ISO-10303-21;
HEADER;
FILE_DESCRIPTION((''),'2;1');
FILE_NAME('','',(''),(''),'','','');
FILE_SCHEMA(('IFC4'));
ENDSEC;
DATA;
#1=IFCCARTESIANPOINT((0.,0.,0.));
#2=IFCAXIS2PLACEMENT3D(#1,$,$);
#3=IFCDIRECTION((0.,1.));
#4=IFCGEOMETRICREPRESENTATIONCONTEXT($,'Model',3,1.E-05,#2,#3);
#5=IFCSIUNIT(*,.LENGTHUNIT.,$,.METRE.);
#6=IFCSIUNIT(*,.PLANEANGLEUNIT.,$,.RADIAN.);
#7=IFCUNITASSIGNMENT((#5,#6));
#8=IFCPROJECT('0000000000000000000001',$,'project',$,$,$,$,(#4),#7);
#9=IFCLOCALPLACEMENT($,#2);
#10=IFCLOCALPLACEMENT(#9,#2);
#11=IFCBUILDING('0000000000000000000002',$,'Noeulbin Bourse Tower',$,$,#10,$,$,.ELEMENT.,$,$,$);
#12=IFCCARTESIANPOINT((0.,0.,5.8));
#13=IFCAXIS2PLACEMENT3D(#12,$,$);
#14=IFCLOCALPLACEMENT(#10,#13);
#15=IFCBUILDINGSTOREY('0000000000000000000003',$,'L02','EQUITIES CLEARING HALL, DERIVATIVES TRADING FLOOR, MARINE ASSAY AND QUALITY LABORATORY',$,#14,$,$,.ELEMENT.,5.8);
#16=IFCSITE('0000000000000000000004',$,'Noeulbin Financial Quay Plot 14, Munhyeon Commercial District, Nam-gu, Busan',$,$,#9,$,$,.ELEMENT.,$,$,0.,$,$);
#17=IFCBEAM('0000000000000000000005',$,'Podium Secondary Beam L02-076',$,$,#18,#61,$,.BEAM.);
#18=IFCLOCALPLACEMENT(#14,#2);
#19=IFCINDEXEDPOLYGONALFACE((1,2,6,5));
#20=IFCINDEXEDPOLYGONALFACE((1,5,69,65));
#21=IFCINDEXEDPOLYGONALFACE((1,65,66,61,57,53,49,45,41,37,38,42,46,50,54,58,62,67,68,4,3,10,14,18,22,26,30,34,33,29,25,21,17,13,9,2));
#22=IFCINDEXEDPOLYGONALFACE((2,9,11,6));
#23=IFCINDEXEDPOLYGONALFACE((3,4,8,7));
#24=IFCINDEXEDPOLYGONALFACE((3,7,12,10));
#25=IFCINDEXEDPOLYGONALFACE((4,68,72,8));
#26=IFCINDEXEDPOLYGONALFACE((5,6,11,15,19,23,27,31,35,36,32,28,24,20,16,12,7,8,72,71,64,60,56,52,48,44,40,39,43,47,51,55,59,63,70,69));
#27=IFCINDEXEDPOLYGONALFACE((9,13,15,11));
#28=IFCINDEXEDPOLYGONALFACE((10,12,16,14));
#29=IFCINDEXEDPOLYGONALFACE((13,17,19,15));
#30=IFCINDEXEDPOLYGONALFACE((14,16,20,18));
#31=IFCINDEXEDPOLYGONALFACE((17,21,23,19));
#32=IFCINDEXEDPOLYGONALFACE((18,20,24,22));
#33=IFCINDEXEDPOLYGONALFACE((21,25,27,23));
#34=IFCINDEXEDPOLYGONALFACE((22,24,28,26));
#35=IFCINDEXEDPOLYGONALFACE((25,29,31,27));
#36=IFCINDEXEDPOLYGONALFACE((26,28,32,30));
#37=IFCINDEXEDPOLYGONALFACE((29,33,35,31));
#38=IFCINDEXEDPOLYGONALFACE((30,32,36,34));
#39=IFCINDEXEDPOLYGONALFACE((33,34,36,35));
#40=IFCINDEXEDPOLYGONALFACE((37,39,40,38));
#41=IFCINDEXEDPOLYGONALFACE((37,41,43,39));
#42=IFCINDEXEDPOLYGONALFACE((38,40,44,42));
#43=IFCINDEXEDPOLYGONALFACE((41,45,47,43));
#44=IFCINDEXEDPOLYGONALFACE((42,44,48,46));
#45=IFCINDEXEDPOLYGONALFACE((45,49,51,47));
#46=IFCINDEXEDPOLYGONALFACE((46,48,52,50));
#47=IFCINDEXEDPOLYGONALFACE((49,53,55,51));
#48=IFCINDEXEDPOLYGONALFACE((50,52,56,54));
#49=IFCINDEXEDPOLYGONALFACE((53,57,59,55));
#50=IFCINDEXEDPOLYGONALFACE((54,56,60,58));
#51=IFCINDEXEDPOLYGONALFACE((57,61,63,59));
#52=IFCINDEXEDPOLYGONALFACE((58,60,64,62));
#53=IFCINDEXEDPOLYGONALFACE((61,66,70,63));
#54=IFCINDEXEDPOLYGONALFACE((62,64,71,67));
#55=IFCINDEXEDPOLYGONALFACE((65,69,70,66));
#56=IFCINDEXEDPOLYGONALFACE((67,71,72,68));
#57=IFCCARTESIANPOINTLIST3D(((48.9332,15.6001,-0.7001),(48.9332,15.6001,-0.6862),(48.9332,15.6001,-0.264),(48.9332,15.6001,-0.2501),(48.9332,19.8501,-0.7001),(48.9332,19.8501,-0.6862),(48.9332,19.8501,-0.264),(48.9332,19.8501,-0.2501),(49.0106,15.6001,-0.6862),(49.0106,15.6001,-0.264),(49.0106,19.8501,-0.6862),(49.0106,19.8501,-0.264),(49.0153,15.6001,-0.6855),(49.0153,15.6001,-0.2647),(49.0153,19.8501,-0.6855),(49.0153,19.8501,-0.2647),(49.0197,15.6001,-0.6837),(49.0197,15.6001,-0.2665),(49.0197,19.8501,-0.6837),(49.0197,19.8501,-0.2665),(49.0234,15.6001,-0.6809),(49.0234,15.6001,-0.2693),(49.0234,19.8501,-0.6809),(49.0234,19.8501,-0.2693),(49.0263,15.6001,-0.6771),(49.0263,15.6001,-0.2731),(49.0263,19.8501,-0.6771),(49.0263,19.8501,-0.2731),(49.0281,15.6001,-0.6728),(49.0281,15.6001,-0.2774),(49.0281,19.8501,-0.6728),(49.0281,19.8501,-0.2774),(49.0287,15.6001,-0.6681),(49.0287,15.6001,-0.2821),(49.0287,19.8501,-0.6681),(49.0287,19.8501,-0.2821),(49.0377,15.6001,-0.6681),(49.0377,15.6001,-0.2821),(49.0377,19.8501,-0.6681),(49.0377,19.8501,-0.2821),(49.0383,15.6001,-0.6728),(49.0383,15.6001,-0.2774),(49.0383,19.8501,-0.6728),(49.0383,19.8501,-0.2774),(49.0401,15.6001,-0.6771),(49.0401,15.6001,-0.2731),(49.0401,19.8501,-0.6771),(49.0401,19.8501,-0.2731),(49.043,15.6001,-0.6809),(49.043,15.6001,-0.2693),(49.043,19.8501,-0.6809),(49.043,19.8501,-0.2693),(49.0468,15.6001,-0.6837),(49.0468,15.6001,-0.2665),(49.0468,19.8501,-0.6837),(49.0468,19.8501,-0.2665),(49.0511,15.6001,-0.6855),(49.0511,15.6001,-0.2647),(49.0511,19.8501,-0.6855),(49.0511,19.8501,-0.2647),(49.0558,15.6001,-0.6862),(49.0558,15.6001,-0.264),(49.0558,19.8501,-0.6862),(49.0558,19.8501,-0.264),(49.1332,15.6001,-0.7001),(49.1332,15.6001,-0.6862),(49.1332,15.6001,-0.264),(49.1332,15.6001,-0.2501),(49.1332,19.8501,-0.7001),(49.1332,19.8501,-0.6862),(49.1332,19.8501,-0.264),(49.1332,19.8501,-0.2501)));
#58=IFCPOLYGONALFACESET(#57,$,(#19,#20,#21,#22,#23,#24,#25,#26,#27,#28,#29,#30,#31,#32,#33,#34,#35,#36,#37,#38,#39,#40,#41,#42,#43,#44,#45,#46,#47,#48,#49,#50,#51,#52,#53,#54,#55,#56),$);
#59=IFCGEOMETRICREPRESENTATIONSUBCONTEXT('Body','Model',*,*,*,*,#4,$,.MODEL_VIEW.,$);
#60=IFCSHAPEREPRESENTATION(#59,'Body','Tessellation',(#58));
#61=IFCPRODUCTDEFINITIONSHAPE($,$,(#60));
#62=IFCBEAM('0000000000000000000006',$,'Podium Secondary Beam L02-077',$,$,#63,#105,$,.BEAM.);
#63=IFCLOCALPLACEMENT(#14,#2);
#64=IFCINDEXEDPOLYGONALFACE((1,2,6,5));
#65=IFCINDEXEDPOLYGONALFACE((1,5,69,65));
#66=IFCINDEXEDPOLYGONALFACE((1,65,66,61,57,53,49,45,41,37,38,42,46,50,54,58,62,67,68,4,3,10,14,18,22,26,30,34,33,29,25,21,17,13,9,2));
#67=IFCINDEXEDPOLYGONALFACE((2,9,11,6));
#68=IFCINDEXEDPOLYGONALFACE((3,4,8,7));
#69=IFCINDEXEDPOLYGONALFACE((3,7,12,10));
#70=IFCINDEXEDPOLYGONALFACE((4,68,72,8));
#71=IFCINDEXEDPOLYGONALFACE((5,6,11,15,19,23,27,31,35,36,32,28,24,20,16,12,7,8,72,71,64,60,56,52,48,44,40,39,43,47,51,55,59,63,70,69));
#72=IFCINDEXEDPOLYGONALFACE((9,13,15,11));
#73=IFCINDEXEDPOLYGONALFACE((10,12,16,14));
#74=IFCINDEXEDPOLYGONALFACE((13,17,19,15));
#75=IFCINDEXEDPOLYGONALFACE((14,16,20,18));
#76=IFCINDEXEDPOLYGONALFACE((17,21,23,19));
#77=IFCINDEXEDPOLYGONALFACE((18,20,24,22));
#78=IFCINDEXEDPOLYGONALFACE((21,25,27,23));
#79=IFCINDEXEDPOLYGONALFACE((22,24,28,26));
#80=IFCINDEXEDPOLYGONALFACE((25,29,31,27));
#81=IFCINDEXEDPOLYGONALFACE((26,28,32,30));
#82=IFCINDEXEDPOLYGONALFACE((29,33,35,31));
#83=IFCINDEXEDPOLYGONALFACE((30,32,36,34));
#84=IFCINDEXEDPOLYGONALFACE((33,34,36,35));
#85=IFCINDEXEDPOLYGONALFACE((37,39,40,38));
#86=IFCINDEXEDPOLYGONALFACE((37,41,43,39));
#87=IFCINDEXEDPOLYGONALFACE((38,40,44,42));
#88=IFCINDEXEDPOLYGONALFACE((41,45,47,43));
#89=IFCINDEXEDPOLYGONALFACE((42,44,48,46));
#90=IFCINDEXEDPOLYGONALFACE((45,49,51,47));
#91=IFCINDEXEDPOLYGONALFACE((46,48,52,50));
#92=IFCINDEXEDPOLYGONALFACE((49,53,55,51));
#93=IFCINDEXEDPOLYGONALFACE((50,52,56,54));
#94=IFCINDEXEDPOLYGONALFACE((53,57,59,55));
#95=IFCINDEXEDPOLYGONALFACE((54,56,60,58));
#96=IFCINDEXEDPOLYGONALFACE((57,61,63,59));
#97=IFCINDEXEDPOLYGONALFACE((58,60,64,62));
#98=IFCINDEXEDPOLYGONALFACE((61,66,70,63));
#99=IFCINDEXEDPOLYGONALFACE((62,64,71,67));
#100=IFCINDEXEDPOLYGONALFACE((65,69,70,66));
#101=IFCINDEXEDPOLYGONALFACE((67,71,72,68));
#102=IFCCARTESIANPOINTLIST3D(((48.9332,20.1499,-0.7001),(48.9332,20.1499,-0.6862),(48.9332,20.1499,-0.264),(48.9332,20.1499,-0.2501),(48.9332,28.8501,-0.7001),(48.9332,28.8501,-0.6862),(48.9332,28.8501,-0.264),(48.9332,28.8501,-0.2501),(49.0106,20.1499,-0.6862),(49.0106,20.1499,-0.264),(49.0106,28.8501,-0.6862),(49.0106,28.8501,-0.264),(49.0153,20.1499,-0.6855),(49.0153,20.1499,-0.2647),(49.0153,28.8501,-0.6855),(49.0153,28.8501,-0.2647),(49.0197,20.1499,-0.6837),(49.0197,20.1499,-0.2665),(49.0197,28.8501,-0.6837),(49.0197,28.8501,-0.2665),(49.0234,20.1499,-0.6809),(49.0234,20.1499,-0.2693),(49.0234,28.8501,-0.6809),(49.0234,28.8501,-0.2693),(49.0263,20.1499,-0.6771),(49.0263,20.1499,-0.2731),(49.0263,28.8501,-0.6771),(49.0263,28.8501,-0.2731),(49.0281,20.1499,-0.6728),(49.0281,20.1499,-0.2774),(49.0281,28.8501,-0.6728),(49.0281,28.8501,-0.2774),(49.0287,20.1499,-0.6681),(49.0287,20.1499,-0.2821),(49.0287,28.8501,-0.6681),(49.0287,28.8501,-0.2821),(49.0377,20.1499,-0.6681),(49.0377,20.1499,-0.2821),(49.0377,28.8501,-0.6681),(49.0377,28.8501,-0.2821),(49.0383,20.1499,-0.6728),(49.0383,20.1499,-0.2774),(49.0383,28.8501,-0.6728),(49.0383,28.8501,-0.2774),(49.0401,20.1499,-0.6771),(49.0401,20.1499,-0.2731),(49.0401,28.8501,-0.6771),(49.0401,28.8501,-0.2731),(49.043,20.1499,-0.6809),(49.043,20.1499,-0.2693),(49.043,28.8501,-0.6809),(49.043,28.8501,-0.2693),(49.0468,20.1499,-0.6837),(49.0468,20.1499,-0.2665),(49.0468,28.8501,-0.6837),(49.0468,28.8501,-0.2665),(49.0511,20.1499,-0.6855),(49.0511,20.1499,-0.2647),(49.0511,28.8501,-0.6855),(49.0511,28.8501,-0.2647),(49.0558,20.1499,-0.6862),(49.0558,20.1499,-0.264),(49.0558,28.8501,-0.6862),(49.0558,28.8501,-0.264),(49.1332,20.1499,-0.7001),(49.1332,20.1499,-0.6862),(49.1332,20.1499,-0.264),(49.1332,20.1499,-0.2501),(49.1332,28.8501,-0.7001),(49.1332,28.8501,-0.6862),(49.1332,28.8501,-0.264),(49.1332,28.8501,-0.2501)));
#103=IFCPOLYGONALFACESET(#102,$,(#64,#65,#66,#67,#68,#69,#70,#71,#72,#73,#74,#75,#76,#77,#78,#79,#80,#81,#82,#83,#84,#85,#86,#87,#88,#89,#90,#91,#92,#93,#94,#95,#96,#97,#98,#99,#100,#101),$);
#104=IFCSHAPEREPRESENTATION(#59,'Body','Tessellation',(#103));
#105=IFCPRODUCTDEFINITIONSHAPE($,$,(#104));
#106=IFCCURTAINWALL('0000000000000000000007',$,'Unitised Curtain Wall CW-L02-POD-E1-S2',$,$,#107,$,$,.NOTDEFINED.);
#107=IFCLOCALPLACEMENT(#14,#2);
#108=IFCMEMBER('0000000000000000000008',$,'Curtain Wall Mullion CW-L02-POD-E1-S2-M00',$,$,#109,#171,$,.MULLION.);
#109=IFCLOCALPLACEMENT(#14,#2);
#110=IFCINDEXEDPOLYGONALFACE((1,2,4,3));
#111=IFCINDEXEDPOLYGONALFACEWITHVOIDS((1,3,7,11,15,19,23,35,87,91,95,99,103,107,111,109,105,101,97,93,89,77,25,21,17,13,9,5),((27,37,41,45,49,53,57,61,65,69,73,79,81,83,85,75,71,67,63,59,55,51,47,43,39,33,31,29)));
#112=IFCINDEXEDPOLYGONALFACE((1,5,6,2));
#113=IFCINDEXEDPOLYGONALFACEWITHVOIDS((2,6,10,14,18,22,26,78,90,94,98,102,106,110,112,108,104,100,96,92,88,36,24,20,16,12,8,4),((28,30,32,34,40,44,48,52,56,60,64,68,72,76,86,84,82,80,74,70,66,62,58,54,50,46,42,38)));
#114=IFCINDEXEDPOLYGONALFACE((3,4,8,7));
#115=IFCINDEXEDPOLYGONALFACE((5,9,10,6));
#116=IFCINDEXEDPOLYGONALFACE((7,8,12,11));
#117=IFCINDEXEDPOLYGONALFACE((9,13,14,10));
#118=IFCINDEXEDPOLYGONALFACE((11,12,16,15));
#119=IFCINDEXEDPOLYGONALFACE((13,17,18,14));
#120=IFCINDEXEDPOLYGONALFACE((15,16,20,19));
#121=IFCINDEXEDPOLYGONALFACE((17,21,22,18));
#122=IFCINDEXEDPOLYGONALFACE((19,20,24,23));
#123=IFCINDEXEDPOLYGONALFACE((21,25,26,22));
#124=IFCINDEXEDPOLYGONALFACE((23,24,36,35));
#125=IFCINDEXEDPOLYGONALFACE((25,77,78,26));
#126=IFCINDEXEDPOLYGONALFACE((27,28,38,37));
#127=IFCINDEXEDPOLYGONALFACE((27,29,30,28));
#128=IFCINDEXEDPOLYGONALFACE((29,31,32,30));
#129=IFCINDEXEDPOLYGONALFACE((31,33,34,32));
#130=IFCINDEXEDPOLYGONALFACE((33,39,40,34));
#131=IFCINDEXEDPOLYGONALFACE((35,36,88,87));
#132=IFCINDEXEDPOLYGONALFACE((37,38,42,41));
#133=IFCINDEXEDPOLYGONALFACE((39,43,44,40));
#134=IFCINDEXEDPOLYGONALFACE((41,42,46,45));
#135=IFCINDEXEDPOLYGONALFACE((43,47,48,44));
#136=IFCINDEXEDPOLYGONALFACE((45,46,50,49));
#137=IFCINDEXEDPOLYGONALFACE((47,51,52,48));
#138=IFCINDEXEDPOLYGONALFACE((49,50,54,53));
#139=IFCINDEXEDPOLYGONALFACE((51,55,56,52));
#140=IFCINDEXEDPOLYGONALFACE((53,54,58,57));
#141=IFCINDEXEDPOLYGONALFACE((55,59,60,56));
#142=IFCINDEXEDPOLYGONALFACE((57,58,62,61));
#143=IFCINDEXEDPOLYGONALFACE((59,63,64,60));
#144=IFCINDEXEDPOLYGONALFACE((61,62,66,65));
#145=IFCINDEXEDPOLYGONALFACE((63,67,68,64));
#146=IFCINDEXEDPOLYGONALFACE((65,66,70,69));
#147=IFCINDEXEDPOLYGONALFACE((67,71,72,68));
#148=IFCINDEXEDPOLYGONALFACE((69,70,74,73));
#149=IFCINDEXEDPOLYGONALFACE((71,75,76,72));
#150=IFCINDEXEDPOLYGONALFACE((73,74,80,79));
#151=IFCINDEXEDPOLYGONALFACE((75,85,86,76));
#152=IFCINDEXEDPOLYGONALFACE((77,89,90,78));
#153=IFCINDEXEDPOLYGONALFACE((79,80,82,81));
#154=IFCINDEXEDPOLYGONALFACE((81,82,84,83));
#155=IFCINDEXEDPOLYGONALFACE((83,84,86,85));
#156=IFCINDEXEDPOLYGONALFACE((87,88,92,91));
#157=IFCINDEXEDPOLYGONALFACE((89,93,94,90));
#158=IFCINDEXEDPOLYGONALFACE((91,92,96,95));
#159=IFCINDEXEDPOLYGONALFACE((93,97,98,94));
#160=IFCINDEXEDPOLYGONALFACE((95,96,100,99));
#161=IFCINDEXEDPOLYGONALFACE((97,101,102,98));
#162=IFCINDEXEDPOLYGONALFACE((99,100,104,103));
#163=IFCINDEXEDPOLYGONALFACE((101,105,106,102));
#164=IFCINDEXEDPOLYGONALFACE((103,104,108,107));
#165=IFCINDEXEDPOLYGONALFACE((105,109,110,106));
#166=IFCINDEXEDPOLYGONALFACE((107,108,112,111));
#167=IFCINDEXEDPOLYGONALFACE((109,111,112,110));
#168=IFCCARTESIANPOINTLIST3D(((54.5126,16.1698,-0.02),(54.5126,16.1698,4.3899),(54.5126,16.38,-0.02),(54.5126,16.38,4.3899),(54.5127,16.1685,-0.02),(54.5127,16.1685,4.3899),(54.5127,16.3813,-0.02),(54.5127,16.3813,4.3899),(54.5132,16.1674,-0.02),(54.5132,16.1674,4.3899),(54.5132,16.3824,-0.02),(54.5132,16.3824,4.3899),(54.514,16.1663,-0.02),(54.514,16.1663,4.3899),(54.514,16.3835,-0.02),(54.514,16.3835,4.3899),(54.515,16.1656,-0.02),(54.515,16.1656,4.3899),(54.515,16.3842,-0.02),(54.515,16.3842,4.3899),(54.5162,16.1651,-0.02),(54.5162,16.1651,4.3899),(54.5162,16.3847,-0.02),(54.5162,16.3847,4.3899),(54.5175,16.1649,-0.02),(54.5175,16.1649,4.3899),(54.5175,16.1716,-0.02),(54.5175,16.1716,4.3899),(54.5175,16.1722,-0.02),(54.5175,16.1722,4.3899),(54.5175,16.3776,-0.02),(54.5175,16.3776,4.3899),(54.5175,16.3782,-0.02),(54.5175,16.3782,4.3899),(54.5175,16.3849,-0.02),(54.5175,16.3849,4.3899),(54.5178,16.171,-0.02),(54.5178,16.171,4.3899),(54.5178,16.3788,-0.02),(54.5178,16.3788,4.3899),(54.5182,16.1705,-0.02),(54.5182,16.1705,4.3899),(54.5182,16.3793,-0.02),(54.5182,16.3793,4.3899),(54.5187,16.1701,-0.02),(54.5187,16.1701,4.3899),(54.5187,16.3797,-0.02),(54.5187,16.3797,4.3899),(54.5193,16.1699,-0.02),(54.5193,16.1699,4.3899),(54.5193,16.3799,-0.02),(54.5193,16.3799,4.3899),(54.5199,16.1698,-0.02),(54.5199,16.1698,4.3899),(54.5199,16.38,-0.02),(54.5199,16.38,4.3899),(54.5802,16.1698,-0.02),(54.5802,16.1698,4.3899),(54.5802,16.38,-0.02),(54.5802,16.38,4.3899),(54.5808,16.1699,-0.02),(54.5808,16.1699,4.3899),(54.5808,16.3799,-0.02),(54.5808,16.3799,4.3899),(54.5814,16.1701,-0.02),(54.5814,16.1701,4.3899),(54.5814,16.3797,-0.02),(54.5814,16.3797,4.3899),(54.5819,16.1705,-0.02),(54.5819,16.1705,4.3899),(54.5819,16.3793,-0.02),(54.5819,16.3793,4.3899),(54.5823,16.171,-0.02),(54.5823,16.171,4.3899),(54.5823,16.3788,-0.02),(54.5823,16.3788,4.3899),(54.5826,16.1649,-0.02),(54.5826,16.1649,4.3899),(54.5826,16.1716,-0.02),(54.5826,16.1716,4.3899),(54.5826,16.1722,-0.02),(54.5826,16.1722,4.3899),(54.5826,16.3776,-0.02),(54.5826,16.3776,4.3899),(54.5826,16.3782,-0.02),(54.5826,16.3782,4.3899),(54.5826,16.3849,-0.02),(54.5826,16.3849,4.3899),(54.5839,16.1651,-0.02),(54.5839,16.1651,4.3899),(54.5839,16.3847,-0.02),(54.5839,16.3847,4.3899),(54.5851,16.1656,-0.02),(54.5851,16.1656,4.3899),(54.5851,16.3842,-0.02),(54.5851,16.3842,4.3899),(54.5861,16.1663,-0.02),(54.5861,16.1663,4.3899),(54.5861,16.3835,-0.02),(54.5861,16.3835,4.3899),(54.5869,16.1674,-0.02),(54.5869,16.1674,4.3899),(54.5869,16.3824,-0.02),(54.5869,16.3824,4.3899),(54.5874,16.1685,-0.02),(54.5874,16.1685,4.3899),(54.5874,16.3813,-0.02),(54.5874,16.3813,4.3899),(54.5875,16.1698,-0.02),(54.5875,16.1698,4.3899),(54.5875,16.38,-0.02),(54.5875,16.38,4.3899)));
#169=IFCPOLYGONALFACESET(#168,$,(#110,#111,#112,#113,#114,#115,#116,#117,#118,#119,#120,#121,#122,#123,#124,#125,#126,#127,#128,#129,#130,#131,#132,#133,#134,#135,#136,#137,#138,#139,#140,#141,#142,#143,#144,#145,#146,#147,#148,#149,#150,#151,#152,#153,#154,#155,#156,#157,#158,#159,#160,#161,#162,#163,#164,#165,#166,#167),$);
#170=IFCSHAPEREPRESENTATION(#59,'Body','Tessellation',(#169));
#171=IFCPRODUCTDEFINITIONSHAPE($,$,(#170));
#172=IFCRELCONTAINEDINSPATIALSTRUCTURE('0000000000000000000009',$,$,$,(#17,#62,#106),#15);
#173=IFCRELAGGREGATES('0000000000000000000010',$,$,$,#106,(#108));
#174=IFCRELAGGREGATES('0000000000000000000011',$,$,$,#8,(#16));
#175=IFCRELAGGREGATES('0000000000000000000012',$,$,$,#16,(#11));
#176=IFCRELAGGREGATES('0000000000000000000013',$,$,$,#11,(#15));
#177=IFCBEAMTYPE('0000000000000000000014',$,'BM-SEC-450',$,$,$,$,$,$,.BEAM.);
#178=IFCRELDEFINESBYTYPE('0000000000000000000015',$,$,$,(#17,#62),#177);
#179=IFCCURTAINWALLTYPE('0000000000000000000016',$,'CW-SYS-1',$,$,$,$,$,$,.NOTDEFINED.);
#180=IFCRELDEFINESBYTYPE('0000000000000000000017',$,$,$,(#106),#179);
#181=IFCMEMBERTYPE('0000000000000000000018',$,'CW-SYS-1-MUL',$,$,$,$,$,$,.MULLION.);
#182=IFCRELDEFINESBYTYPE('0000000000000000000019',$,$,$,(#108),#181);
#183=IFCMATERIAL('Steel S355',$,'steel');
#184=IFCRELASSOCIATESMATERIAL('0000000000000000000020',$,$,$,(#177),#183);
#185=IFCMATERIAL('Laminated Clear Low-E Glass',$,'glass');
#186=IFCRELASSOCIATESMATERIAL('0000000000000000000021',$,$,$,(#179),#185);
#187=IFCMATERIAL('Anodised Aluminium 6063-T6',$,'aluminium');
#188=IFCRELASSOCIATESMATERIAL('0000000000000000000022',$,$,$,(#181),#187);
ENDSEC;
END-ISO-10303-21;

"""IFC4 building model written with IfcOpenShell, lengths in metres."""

from ifc_helpers import new_model, si_unit, direction, frame, origin, origin_2d, place, context, subcontext, project, spatial, hollow_rectangle, i_section, extrude, material, material_profile, profile_set, type_object, element, aggregate, save


model = new_model("IFC4")

# Units and contexts
model_context = context("Model", 3, precision=1e-05, world=origin(), true_north=direction((0.0, 1.0)))
body_context = subcontext(model_context, "Body", "Model", "MODEL_VIEW")
ifc_project = project(units=[si_unit("LENGTHUNIT", "METRE"), si_unit("PLANEANGLEUNIT", "RADIAN")], contexts=[model_context])

# Site, building, storey
site_placement = place(None, origin())
site = spatial("IfcSite", under=ifc_project, at=site_placement, Name="Noeulbin Financial Quay Plot 14, Munhyeon Commercial District, Nam-gu, Busan", CompositionType="ELEMENT", RefElevation=0.0)
building_placement = place(site_placement, origin())
building = spatial("IfcBuilding", under=site, at=building_placement, Name="Noeulbin Bourse Tower", CompositionType="ELEMENT")
storey_placement = place(building_placement, frame((0.0, 0.0, 5.8)))
storey = spatial("IfcBuildingStorey", under=building, at=storey_placement, Name="L02", Description="EQUITIES CLEARING HALL, DERIVATIVES TRADING FLOOR, MARINE ASSAY AND QUALITY LABORATORY", CompositionType="ELEMENT", Elevation=5.8)

# Beams
ifc_material_1 = material(Name="Steel S355", Category="steel")
ifc_material_profile_1 = material_profile(ifc_material_1, i_section(OverallWidth=0.2, OverallDepth=0.45, WebThickness=0.009, FlangeThickness=0.0139, FilletRadius=0.0181, at=origin_2d()), Name="H-450x200x9x14", Category="LoadBearing")
ifc_profile_set_1 = profile_set([ifc_material_profile_1], Name="Steel S355")
beam_type_1 = type_object("IfcBeamType", Name="BM-SEC-450", PredefinedType="BEAM", material=ifc_profile_set_1)
beam_1_placement = place(storey_placement, frame((49.0332, 15.6001, -0.4751), z_axis=(0.0, 1.0, 0.0), x_axis=(-1.0, 0.0, 0.0)))
element("IfcBeam", 1, at=beam_1_placement, inside=storey, type_object=beam_type_1, Name="Podium Secondary Beam L02-076", PredefinedType="BEAM", context=body_context, shape_type="SweptSolid", body=[
    extrude(i_section(OverallWidth=0.2, OverallDepth=0.45, WebThickness=0.009, FlangeThickness=0.0139, FilletRadius=0.0181, at=origin_2d()), origin(), (0.0, 0.0, 1.0), 4.25),
])
beam_2_placement = place(storey_placement, frame((49.0332, 20.1499, -0.4751), z_axis=(0.0, 1.0, 0.0), x_axis=(-1.0, 0.0, 0.0)))
element("IfcBeam", 2, at=beam_2_placement, inside=storey, type_object=beam_type_1, Name="Podium Secondary Beam L02-077", PredefinedType="BEAM", context=body_context, shape_type="SweptSolid", body=[
    extrude(i_section(OverallWidth=0.2, OverallDepth=0.45, WebThickness=0.009, FlangeThickness=0.0139, FilletRadius=0.0181, at=origin_2d()), origin(), (0.0, 0.0, 1.0), 8.7002),
])

# Curtain wall, member
ifc_material_2 = material(Name="Laminated Clear Low-E Glass", Category="glass")
curtain_wall_type = type_object("IfcCurtainWallType", Name="CW-SYS-1", PredefinedType="NOTDEFINED", material=ifc_material_2)
curtain_wall_placement = place(storey_placement, origin())
curtain_wall = element("IfcCurtainWall", 3, at=curtain_wall_placement, inside=storey, type_object=curtain_wall_type, Name="Unitised Curtain Wall CW-L02-POD-E1-S2", PredefinedType="NOTDEFINED")
ifc_material_3 = material(Name="Anodised Aluminium 6063-T6", Category="aluminium")
ifc_material_profile_2 = material_profile(ifc_material_3, hollow_rectangle(XDim=0.075, YDim=0.22, WallThickness=0.0049, InnerFilletRadius=0.0024, OuterFilletRadius=0.0049, at=origin_2d()), Name="ALU-MULL-75x220x5", Category="LoadBearing")
ifc_profile_set_2 = profile_set([ifc_material_profile_2], Name="Anodised Aluminium 6063-T6")
member_type_1 = type_object("IfcMemberType", Name="CW-SYS-1-MUL", PredefinedType="MULLION", material=ifc_profile_set_2)
member_1_placement = place(storey_placement, frame((54.55, 16.2749, -0.02), z_axis=(0.0, 0.0, 1.0), x_axis=(1.0, 0.0, 0.0)))
member_1 = element("IfcMember", 4, at=member_1_placement, type_object=member_type_1, Name="Curtain Wall Mullion CW-L02-POD-E1-S2-M00", PredefinedType="MULLION", context=body_context, shape_type="SweptSolid", body=[
    extrude(hollow_rectangle(XDim=0.075, YDim=0.22, WallThickness=0.0049, InnerFilletRadius=0.0024, OuterFilletRadius=0.0049, at=origin_2d()), origin(), (0.0, 0.0, 1.0), 4.4099),
])
aggregate(curtain_wall, [member_1])

save(model, "model.ifc")
